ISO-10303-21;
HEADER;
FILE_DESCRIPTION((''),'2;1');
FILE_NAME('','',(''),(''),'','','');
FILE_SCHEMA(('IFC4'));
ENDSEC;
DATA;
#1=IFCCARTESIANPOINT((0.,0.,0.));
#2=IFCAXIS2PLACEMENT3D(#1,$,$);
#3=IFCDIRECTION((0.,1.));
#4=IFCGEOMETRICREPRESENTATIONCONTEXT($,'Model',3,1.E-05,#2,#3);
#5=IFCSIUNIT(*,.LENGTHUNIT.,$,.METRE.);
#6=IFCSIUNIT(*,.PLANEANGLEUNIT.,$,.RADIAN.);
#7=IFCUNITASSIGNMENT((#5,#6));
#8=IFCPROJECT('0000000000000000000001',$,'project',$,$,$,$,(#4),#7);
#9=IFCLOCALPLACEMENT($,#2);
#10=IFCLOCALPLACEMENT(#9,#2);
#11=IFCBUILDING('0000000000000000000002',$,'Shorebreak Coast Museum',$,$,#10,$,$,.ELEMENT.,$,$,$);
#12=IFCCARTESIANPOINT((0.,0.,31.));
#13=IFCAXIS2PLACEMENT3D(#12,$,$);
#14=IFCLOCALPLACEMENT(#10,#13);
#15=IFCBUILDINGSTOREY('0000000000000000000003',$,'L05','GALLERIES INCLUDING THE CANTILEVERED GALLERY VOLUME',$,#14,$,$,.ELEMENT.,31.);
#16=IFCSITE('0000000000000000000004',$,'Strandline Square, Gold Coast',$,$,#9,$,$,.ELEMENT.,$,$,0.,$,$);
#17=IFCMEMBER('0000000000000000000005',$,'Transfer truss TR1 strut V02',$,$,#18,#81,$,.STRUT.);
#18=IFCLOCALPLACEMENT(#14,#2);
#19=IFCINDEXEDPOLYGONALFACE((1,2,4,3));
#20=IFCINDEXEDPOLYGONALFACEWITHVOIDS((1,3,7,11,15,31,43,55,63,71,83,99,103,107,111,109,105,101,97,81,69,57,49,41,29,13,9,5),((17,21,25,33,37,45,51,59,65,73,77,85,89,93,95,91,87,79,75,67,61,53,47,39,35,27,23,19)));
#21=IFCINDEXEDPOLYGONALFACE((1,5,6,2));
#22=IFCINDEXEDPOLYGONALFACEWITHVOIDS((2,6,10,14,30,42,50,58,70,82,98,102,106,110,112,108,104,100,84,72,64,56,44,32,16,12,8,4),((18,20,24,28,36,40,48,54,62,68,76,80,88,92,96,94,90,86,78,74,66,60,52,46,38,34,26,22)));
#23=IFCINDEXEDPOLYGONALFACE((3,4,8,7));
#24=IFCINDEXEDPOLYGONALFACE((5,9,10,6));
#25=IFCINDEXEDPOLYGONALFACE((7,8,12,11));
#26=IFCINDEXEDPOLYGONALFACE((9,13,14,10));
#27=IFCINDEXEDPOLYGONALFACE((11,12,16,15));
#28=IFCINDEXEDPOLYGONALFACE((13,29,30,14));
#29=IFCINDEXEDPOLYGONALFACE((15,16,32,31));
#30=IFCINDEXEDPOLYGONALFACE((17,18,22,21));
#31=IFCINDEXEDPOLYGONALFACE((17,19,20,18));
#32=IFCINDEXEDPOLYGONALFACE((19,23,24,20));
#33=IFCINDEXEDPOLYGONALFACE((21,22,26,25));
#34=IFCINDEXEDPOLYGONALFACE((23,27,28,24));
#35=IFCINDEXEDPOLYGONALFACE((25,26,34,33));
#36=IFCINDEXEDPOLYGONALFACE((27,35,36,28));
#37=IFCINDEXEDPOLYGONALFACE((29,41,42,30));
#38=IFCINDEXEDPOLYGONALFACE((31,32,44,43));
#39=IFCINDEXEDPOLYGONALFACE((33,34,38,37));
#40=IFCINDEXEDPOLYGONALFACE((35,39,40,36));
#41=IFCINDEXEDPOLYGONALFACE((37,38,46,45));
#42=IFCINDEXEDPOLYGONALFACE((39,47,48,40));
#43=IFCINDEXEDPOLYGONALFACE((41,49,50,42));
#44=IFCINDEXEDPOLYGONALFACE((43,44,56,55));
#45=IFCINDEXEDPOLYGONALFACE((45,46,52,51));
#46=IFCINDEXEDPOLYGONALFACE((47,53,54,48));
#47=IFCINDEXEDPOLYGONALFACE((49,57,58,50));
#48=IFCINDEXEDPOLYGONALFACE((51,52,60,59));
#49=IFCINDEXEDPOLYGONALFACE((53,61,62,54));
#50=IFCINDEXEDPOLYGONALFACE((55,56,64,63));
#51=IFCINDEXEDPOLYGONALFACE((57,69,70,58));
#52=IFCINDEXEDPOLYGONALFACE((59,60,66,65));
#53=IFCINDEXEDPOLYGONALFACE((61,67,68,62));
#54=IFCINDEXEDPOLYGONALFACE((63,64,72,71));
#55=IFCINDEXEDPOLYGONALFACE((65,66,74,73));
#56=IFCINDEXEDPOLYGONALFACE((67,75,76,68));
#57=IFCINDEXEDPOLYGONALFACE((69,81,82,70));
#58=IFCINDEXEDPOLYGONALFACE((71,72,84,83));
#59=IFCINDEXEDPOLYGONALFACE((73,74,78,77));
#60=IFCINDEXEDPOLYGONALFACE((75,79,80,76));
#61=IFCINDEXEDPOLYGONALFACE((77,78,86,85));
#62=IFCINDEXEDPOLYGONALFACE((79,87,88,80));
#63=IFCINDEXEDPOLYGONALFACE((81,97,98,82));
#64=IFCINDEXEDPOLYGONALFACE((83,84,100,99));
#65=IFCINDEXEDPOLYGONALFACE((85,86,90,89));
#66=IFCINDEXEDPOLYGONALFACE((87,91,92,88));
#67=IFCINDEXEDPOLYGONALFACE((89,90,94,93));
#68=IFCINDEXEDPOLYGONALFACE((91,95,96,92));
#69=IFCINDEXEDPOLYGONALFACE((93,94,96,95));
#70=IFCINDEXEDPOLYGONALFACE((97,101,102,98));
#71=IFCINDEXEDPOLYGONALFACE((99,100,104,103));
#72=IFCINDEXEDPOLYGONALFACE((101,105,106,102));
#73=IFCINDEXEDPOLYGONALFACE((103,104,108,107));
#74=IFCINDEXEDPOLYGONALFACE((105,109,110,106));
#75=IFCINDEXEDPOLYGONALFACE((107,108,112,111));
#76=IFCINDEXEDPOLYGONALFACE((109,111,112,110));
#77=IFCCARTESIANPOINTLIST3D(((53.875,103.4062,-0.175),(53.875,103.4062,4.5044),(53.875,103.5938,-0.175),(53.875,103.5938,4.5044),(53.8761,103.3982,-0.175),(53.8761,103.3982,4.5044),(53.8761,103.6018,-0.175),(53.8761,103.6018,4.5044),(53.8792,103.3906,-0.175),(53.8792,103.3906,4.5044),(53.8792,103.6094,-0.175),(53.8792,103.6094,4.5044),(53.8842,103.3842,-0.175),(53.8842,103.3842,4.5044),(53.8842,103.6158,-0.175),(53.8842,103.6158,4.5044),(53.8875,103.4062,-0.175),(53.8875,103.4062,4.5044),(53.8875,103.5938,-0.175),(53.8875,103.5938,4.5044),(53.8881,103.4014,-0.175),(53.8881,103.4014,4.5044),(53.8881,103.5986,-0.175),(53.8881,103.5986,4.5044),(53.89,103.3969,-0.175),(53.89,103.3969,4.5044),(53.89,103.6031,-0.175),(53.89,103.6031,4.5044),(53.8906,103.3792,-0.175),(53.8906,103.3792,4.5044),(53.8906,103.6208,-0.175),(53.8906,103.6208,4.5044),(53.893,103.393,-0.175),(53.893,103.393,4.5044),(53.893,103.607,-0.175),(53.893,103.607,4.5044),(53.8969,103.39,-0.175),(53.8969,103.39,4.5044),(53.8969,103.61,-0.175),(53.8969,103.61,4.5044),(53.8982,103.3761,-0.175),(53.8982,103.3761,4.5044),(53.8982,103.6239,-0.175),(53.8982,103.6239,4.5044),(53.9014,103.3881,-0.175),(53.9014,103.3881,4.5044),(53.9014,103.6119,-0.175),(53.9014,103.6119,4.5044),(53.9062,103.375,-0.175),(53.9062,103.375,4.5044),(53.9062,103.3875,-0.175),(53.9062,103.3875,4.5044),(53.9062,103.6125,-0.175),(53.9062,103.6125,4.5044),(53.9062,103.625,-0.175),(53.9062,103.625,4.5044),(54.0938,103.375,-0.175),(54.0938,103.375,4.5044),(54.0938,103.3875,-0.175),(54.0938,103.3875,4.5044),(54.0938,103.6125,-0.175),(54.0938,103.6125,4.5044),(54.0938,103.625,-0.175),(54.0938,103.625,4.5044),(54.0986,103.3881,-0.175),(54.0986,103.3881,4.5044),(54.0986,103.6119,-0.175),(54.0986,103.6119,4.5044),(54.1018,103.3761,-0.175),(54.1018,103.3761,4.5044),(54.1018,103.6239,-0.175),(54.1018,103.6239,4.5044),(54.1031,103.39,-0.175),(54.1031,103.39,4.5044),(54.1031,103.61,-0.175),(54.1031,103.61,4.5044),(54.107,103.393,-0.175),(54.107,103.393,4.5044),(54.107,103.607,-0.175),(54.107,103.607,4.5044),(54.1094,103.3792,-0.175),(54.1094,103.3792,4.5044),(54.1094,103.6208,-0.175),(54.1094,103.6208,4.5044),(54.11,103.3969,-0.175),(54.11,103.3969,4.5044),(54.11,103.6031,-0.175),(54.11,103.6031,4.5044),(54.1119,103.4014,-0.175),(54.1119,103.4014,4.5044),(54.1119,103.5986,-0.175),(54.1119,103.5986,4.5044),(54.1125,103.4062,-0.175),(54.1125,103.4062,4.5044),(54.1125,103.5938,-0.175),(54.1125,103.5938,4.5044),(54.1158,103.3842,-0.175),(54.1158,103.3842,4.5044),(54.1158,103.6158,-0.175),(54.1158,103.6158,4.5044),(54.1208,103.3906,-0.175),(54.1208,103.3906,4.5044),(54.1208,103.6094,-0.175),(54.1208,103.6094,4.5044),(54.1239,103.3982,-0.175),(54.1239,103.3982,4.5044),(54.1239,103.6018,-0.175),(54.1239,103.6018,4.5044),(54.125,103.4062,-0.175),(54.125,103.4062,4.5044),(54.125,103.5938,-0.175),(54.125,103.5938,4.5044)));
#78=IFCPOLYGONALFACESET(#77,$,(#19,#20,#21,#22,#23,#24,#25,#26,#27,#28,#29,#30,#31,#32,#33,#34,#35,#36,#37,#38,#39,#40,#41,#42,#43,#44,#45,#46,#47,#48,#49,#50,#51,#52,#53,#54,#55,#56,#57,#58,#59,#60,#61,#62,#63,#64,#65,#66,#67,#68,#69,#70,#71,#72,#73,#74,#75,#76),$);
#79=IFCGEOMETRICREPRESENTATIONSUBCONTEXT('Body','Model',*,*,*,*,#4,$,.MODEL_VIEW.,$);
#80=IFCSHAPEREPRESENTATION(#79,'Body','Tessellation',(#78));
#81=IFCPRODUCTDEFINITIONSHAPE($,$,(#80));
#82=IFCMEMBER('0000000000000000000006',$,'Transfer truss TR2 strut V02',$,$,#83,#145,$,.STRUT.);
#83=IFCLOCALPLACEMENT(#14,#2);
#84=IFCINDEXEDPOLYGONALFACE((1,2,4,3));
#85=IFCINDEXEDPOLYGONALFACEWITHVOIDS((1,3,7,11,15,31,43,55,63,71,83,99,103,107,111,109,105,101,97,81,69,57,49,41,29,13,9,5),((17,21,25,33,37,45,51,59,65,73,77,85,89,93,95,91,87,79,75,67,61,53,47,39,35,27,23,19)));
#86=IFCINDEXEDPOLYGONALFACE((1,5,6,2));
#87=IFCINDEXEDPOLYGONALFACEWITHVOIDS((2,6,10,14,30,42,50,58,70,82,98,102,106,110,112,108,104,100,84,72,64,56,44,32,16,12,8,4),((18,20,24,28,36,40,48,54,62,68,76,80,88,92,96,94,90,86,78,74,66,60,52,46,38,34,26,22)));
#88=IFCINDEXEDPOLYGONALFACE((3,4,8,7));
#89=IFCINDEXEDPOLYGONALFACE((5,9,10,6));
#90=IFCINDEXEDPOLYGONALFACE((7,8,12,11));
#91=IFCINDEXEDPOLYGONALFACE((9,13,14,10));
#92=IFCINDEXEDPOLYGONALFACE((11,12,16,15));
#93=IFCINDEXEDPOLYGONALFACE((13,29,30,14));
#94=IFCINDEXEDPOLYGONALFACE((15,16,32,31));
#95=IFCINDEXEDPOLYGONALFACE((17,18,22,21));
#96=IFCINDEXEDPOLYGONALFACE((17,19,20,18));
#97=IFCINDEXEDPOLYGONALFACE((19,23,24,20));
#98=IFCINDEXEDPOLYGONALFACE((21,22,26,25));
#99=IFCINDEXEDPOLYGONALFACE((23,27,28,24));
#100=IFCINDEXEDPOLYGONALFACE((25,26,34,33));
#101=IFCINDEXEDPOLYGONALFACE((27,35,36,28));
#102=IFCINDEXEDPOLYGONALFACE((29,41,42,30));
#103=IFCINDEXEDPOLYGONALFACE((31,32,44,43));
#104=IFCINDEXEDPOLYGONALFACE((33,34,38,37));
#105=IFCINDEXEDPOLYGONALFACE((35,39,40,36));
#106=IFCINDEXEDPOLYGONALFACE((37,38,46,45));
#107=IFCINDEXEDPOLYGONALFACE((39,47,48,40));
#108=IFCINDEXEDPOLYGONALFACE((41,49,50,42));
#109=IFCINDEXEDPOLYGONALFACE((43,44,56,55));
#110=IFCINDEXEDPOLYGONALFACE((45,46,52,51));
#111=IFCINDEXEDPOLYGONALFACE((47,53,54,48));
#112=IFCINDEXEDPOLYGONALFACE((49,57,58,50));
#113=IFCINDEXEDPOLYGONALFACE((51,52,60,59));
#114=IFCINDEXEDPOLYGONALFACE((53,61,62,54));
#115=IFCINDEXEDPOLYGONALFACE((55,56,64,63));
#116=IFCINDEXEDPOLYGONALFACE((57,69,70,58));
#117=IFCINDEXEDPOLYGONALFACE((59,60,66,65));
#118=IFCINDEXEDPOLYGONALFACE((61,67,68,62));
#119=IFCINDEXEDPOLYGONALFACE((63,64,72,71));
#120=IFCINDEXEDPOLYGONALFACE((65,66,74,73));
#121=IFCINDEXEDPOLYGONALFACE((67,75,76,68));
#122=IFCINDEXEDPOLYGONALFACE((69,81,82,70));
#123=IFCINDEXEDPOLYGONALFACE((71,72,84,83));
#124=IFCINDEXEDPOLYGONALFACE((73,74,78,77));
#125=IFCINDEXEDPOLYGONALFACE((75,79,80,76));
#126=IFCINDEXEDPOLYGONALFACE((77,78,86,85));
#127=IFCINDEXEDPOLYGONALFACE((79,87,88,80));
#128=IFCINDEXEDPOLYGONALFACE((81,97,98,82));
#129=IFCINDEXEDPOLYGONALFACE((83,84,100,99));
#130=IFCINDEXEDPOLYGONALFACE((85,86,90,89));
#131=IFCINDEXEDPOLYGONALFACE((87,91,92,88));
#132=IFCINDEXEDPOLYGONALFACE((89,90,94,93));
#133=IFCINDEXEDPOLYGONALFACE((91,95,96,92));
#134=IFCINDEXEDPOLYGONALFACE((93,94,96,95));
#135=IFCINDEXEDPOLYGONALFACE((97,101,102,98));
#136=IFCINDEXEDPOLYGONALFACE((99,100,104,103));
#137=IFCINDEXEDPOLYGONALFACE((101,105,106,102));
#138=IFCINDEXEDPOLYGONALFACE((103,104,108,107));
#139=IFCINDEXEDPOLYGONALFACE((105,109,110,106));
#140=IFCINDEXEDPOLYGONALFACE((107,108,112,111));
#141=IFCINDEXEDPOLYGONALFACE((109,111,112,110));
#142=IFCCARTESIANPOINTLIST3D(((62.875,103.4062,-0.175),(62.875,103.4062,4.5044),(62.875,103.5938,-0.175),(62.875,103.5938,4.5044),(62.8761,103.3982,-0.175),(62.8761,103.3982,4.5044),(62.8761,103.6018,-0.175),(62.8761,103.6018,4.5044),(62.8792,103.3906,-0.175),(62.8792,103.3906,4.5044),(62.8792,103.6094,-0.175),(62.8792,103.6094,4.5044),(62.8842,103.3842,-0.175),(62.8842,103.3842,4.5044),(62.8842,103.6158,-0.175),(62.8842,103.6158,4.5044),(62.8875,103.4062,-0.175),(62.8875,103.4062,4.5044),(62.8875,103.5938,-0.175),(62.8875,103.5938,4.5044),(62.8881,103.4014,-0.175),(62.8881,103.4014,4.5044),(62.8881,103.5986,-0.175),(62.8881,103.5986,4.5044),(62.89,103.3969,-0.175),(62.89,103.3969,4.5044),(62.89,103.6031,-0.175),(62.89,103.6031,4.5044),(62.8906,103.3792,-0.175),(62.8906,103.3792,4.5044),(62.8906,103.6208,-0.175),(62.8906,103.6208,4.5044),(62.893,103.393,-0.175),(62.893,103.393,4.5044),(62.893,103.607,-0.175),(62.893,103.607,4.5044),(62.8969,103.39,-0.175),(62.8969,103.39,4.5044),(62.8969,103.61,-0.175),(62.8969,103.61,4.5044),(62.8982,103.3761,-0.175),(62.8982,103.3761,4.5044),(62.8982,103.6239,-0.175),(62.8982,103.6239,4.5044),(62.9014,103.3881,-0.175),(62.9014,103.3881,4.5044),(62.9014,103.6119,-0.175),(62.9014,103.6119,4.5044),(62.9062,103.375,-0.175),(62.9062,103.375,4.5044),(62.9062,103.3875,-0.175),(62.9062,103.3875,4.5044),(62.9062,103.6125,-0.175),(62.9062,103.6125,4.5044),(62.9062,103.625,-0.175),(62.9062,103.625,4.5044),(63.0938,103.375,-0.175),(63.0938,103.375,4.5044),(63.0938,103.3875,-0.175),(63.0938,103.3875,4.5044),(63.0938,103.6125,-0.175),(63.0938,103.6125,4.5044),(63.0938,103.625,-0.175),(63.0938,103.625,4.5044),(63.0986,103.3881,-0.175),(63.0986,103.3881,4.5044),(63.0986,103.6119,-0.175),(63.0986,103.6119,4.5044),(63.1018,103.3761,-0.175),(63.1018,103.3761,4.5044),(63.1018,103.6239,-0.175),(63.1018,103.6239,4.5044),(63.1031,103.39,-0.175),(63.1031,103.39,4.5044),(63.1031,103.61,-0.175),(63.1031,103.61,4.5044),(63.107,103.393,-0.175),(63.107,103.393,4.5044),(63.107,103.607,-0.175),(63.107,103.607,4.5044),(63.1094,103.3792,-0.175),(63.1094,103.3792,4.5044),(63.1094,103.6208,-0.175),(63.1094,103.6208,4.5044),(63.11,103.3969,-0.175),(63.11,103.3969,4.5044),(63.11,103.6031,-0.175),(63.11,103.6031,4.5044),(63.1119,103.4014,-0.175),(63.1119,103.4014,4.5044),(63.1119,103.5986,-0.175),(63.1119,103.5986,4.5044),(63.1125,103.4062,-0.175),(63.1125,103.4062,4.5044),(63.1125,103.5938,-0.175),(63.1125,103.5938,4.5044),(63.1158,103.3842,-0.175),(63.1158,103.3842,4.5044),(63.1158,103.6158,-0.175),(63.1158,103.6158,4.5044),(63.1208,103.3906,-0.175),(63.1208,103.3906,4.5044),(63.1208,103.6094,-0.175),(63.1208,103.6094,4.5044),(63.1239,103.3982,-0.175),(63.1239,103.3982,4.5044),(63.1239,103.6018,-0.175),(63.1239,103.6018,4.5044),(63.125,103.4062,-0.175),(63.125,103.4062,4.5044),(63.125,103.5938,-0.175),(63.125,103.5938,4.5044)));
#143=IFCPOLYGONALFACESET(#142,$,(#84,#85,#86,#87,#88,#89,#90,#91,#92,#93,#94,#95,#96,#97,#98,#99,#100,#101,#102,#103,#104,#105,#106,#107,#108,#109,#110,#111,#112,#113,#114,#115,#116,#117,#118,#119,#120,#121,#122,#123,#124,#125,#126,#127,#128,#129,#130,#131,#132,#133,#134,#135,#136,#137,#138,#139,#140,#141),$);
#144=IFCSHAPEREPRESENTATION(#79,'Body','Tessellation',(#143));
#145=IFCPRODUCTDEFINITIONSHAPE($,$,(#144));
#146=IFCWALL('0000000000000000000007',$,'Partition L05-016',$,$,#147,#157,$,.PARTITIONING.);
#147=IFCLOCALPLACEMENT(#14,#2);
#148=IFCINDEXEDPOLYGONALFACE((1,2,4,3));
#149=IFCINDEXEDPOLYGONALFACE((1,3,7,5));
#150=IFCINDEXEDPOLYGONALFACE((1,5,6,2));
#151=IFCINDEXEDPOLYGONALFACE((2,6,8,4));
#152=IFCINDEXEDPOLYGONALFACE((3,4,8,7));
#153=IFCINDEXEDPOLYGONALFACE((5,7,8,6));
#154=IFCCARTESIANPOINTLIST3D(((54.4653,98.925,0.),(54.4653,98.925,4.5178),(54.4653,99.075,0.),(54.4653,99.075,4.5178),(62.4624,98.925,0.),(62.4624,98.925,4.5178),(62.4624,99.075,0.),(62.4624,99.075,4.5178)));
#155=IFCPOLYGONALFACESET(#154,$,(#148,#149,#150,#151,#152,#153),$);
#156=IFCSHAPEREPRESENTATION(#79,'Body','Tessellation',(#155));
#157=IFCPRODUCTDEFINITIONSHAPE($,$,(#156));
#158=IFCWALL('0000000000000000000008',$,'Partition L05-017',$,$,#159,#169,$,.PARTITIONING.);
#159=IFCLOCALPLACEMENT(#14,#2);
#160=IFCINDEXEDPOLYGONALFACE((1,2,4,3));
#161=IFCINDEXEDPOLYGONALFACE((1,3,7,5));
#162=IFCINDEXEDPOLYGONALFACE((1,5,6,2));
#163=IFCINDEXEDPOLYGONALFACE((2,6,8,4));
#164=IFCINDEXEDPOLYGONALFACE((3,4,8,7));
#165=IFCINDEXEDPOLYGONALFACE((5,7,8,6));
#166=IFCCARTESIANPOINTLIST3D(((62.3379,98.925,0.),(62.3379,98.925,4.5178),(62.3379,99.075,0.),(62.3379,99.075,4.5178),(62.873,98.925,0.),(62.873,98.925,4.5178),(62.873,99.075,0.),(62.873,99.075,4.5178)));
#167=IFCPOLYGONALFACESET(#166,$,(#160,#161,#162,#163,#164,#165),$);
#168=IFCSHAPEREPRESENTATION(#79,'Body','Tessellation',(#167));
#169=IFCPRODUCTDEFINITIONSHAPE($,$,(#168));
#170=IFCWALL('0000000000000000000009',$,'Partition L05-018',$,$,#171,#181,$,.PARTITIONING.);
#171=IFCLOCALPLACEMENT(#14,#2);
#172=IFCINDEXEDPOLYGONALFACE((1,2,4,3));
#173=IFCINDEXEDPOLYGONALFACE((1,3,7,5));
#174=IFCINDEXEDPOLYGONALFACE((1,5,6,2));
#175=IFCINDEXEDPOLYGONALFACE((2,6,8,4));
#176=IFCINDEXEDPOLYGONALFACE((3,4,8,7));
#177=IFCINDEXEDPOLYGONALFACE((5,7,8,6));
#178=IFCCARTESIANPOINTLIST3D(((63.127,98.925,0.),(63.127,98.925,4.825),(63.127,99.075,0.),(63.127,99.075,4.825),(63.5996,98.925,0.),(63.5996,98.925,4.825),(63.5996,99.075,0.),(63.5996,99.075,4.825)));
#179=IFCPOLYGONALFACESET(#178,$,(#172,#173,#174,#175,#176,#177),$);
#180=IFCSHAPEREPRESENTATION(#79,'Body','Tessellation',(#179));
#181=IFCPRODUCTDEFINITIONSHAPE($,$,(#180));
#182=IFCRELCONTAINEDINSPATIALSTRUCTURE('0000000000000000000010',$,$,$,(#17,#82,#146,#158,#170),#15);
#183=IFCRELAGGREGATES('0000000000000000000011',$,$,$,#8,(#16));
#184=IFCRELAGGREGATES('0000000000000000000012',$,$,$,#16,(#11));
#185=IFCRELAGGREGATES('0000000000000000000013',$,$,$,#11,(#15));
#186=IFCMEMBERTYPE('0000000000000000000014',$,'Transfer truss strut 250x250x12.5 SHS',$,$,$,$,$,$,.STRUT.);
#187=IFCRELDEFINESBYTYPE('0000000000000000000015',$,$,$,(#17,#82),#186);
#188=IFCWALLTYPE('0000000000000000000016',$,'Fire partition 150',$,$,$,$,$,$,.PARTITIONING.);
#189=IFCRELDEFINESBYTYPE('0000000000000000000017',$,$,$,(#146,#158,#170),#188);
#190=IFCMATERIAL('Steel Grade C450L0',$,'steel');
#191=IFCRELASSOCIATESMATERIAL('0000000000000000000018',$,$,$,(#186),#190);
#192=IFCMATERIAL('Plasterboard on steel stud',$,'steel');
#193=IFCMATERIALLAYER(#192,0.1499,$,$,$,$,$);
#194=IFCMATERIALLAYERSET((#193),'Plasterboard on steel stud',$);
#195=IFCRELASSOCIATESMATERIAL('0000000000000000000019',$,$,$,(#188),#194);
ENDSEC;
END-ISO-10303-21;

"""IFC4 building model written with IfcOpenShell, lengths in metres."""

from ifc_helpers import new_model, si_unit, direction, frame, frame_2d, origin, origin_2d, place, context, subcontext, project, spatial, rectangle, hollow_rectangle, extrude, material, layer, layer_set, material_profile, profile_set, type_object, element, save


model = new_model("IFC4")

# Units and contexts
model_context = context("Model", 3, precision=1e-05, world=origin(), true_north=direction((0.0, 1.0)))
body_context = subcontext(model_context, "Body", "Model", "MODEL_VIEW")
ifc_project = project(units=[si_unit("LENGTHUNIT", "METRE"), si_unit("PLANEANGLEUNIT", "RADIAN")], contexts=[model_context])

# Site, building, storey
site_placement = place(None, origin())
site = spatial("IfcSite", under=ifc_project, at=site_placement, Name="Strandline Square, Gold Coast", CompositionType="ELEMENT", RefElevation=0.0)
building_placement = place(site_placement, origin())
building = spatial("IfcBuilding", under=site, at=building_placement, Name="Shorebreak Coast Museum", CompositionType="ELEMENT")
storey_placement = place(building_placement, frame((0.0, 0.0, 31.0)))
storey = spatial("IfcBuildingStorey", under=building, at=storey_placement, Name="L05", Description="GALLERIES INCLUDING THE CANTILEVERED GALLERY VOLUME", CompositionType="ELEMENT", Elevation=31.0)

# Members
ifc_material_1 = material(Name="Steel Grade C450L0", Category="steel")
ifc_material_profile_1 = material_profile(ifc_material_1, hollow_rectangle(XDim=0.25, YDim=0.25, WallThickness=0.0125, InnerFilletRadius=0.0188, OuterFilletRadius=0.0312, at=origin_2d()), Name="250x250x12.5 SHS")
ifc_profile_set_1 = profile_set([ifc_material_profile_1], Name="Steel Grade C450L0")
member_type_1 = type_object("IfcMemberType", Name="Transfer truss strut 250x250x12.5 SHS", PredefinedType="STRUT", material=ifc_profile_set_1)
for number, where, z_axis, x_axis, name in (
    (1, (54.0, 103.5, -0.175), (0.0, 0.0, 1.0), (1.0, 0.0, 0.0), "Transfer truss TR1 strut V02"),
    (2, (63.0, 103.5, -0.175), (0.0, 0.0, 1.0), (1.0, 0.0, 0.0), "Transfer truss TR2 strut V02"),
):
    element("IfcMember", number, at=place(storey_placement, frame(where, z_axis=z_axis, x_axis=x_axis)), inside=storey, type_object=member_type_1, Name=name, PredefinedType="STRUT", context=body_context, shape_type="SweptSolid", body=[
        extrude(hollow_rectangle(XDim=0.25, YDim=0.25, WallThickness=0.0125, InnerFilletRadius=0.0188, OuterFilletRadius=0.0312, at=origin_2d()), origin(), (0.0, 0.0, 1.0), 4.6794),
    ])

# Walls
ifc_material_2 = material(Name="Plasterboard on steel stud", Category="steel")
ifc_layer_1 = layer(ifc_material_2, 0.1499)
ifc_layer_set_1 = layer_set([ifc_layer_1], Name="Plasterboard on steel stud")
wall_type_1 = type_object("IfcWallType", Name="Fire partition 150", PredefinedType="PARTITIONING", material=ifc_layer_set_1)
wall_1_placement = place(storey_placement, frame((54.4653, 99.0, 0.0), z_axis=(0.0, 0.0, 1.0), x_axis=(1.0, 0.0, 0.0)))
element("IfcWall", 3, at=wall_1_placement, inside=storey, type_object=wall_type_1, Name="Partition L05-016", PredefinedType="PARTITIONING", context=body_context, shape_type="SweptSolid", body=[
    extrude(rectangle(XDim=7.9971, YDim=0.1499, at=frame_2d((3.9985, 0.0))), origin(), (0.0, 0.0, 1.0), 4.5178),
])
wall_2_placement = place(storey_placement, frame((62.3379, 99.0, 0.0), z_axis=(0.0, 0.0, 1.0), x_axis=(1.0, 0.0, 0.0)))
element("IfcWall", 4, at=wall_2_placement, inside=storey, type_object=wall_type_1, Name="Partition L05-017", PredefinedType="PARTITIONING", context=body_context, shape_type="SweptSolid", body=[
    extrude(rectangle(XDim=0.5352, YDim=0.1499, at=frame_2d((0.2676, 0.0))), origin(), (0.0, 0.0, 1.0), 4.5178),
])
wall_3_placement = place(storey_placement, frame((63.127, 99.0, 0.0), z_axis=(0.0, 0.0, 1.0), x_axis=(1.0, 0.0, 0.0)))
element("IfcWall", 5, at=wall_3_placement, inside=storey, type_object=wall_type_1, Name="Partition L05-018", PredefinedType="PARTITIONING", context=body_context, shape_type="SweptSolid", body=[
    extrude(rectangle(XDim=0.4727, YDim=0.1499, at=frame_2d((0.2363, 0.0))), origin(), (0.0, 0.0, 1.0), 4.825),
])

save(model, "model.ifc")
